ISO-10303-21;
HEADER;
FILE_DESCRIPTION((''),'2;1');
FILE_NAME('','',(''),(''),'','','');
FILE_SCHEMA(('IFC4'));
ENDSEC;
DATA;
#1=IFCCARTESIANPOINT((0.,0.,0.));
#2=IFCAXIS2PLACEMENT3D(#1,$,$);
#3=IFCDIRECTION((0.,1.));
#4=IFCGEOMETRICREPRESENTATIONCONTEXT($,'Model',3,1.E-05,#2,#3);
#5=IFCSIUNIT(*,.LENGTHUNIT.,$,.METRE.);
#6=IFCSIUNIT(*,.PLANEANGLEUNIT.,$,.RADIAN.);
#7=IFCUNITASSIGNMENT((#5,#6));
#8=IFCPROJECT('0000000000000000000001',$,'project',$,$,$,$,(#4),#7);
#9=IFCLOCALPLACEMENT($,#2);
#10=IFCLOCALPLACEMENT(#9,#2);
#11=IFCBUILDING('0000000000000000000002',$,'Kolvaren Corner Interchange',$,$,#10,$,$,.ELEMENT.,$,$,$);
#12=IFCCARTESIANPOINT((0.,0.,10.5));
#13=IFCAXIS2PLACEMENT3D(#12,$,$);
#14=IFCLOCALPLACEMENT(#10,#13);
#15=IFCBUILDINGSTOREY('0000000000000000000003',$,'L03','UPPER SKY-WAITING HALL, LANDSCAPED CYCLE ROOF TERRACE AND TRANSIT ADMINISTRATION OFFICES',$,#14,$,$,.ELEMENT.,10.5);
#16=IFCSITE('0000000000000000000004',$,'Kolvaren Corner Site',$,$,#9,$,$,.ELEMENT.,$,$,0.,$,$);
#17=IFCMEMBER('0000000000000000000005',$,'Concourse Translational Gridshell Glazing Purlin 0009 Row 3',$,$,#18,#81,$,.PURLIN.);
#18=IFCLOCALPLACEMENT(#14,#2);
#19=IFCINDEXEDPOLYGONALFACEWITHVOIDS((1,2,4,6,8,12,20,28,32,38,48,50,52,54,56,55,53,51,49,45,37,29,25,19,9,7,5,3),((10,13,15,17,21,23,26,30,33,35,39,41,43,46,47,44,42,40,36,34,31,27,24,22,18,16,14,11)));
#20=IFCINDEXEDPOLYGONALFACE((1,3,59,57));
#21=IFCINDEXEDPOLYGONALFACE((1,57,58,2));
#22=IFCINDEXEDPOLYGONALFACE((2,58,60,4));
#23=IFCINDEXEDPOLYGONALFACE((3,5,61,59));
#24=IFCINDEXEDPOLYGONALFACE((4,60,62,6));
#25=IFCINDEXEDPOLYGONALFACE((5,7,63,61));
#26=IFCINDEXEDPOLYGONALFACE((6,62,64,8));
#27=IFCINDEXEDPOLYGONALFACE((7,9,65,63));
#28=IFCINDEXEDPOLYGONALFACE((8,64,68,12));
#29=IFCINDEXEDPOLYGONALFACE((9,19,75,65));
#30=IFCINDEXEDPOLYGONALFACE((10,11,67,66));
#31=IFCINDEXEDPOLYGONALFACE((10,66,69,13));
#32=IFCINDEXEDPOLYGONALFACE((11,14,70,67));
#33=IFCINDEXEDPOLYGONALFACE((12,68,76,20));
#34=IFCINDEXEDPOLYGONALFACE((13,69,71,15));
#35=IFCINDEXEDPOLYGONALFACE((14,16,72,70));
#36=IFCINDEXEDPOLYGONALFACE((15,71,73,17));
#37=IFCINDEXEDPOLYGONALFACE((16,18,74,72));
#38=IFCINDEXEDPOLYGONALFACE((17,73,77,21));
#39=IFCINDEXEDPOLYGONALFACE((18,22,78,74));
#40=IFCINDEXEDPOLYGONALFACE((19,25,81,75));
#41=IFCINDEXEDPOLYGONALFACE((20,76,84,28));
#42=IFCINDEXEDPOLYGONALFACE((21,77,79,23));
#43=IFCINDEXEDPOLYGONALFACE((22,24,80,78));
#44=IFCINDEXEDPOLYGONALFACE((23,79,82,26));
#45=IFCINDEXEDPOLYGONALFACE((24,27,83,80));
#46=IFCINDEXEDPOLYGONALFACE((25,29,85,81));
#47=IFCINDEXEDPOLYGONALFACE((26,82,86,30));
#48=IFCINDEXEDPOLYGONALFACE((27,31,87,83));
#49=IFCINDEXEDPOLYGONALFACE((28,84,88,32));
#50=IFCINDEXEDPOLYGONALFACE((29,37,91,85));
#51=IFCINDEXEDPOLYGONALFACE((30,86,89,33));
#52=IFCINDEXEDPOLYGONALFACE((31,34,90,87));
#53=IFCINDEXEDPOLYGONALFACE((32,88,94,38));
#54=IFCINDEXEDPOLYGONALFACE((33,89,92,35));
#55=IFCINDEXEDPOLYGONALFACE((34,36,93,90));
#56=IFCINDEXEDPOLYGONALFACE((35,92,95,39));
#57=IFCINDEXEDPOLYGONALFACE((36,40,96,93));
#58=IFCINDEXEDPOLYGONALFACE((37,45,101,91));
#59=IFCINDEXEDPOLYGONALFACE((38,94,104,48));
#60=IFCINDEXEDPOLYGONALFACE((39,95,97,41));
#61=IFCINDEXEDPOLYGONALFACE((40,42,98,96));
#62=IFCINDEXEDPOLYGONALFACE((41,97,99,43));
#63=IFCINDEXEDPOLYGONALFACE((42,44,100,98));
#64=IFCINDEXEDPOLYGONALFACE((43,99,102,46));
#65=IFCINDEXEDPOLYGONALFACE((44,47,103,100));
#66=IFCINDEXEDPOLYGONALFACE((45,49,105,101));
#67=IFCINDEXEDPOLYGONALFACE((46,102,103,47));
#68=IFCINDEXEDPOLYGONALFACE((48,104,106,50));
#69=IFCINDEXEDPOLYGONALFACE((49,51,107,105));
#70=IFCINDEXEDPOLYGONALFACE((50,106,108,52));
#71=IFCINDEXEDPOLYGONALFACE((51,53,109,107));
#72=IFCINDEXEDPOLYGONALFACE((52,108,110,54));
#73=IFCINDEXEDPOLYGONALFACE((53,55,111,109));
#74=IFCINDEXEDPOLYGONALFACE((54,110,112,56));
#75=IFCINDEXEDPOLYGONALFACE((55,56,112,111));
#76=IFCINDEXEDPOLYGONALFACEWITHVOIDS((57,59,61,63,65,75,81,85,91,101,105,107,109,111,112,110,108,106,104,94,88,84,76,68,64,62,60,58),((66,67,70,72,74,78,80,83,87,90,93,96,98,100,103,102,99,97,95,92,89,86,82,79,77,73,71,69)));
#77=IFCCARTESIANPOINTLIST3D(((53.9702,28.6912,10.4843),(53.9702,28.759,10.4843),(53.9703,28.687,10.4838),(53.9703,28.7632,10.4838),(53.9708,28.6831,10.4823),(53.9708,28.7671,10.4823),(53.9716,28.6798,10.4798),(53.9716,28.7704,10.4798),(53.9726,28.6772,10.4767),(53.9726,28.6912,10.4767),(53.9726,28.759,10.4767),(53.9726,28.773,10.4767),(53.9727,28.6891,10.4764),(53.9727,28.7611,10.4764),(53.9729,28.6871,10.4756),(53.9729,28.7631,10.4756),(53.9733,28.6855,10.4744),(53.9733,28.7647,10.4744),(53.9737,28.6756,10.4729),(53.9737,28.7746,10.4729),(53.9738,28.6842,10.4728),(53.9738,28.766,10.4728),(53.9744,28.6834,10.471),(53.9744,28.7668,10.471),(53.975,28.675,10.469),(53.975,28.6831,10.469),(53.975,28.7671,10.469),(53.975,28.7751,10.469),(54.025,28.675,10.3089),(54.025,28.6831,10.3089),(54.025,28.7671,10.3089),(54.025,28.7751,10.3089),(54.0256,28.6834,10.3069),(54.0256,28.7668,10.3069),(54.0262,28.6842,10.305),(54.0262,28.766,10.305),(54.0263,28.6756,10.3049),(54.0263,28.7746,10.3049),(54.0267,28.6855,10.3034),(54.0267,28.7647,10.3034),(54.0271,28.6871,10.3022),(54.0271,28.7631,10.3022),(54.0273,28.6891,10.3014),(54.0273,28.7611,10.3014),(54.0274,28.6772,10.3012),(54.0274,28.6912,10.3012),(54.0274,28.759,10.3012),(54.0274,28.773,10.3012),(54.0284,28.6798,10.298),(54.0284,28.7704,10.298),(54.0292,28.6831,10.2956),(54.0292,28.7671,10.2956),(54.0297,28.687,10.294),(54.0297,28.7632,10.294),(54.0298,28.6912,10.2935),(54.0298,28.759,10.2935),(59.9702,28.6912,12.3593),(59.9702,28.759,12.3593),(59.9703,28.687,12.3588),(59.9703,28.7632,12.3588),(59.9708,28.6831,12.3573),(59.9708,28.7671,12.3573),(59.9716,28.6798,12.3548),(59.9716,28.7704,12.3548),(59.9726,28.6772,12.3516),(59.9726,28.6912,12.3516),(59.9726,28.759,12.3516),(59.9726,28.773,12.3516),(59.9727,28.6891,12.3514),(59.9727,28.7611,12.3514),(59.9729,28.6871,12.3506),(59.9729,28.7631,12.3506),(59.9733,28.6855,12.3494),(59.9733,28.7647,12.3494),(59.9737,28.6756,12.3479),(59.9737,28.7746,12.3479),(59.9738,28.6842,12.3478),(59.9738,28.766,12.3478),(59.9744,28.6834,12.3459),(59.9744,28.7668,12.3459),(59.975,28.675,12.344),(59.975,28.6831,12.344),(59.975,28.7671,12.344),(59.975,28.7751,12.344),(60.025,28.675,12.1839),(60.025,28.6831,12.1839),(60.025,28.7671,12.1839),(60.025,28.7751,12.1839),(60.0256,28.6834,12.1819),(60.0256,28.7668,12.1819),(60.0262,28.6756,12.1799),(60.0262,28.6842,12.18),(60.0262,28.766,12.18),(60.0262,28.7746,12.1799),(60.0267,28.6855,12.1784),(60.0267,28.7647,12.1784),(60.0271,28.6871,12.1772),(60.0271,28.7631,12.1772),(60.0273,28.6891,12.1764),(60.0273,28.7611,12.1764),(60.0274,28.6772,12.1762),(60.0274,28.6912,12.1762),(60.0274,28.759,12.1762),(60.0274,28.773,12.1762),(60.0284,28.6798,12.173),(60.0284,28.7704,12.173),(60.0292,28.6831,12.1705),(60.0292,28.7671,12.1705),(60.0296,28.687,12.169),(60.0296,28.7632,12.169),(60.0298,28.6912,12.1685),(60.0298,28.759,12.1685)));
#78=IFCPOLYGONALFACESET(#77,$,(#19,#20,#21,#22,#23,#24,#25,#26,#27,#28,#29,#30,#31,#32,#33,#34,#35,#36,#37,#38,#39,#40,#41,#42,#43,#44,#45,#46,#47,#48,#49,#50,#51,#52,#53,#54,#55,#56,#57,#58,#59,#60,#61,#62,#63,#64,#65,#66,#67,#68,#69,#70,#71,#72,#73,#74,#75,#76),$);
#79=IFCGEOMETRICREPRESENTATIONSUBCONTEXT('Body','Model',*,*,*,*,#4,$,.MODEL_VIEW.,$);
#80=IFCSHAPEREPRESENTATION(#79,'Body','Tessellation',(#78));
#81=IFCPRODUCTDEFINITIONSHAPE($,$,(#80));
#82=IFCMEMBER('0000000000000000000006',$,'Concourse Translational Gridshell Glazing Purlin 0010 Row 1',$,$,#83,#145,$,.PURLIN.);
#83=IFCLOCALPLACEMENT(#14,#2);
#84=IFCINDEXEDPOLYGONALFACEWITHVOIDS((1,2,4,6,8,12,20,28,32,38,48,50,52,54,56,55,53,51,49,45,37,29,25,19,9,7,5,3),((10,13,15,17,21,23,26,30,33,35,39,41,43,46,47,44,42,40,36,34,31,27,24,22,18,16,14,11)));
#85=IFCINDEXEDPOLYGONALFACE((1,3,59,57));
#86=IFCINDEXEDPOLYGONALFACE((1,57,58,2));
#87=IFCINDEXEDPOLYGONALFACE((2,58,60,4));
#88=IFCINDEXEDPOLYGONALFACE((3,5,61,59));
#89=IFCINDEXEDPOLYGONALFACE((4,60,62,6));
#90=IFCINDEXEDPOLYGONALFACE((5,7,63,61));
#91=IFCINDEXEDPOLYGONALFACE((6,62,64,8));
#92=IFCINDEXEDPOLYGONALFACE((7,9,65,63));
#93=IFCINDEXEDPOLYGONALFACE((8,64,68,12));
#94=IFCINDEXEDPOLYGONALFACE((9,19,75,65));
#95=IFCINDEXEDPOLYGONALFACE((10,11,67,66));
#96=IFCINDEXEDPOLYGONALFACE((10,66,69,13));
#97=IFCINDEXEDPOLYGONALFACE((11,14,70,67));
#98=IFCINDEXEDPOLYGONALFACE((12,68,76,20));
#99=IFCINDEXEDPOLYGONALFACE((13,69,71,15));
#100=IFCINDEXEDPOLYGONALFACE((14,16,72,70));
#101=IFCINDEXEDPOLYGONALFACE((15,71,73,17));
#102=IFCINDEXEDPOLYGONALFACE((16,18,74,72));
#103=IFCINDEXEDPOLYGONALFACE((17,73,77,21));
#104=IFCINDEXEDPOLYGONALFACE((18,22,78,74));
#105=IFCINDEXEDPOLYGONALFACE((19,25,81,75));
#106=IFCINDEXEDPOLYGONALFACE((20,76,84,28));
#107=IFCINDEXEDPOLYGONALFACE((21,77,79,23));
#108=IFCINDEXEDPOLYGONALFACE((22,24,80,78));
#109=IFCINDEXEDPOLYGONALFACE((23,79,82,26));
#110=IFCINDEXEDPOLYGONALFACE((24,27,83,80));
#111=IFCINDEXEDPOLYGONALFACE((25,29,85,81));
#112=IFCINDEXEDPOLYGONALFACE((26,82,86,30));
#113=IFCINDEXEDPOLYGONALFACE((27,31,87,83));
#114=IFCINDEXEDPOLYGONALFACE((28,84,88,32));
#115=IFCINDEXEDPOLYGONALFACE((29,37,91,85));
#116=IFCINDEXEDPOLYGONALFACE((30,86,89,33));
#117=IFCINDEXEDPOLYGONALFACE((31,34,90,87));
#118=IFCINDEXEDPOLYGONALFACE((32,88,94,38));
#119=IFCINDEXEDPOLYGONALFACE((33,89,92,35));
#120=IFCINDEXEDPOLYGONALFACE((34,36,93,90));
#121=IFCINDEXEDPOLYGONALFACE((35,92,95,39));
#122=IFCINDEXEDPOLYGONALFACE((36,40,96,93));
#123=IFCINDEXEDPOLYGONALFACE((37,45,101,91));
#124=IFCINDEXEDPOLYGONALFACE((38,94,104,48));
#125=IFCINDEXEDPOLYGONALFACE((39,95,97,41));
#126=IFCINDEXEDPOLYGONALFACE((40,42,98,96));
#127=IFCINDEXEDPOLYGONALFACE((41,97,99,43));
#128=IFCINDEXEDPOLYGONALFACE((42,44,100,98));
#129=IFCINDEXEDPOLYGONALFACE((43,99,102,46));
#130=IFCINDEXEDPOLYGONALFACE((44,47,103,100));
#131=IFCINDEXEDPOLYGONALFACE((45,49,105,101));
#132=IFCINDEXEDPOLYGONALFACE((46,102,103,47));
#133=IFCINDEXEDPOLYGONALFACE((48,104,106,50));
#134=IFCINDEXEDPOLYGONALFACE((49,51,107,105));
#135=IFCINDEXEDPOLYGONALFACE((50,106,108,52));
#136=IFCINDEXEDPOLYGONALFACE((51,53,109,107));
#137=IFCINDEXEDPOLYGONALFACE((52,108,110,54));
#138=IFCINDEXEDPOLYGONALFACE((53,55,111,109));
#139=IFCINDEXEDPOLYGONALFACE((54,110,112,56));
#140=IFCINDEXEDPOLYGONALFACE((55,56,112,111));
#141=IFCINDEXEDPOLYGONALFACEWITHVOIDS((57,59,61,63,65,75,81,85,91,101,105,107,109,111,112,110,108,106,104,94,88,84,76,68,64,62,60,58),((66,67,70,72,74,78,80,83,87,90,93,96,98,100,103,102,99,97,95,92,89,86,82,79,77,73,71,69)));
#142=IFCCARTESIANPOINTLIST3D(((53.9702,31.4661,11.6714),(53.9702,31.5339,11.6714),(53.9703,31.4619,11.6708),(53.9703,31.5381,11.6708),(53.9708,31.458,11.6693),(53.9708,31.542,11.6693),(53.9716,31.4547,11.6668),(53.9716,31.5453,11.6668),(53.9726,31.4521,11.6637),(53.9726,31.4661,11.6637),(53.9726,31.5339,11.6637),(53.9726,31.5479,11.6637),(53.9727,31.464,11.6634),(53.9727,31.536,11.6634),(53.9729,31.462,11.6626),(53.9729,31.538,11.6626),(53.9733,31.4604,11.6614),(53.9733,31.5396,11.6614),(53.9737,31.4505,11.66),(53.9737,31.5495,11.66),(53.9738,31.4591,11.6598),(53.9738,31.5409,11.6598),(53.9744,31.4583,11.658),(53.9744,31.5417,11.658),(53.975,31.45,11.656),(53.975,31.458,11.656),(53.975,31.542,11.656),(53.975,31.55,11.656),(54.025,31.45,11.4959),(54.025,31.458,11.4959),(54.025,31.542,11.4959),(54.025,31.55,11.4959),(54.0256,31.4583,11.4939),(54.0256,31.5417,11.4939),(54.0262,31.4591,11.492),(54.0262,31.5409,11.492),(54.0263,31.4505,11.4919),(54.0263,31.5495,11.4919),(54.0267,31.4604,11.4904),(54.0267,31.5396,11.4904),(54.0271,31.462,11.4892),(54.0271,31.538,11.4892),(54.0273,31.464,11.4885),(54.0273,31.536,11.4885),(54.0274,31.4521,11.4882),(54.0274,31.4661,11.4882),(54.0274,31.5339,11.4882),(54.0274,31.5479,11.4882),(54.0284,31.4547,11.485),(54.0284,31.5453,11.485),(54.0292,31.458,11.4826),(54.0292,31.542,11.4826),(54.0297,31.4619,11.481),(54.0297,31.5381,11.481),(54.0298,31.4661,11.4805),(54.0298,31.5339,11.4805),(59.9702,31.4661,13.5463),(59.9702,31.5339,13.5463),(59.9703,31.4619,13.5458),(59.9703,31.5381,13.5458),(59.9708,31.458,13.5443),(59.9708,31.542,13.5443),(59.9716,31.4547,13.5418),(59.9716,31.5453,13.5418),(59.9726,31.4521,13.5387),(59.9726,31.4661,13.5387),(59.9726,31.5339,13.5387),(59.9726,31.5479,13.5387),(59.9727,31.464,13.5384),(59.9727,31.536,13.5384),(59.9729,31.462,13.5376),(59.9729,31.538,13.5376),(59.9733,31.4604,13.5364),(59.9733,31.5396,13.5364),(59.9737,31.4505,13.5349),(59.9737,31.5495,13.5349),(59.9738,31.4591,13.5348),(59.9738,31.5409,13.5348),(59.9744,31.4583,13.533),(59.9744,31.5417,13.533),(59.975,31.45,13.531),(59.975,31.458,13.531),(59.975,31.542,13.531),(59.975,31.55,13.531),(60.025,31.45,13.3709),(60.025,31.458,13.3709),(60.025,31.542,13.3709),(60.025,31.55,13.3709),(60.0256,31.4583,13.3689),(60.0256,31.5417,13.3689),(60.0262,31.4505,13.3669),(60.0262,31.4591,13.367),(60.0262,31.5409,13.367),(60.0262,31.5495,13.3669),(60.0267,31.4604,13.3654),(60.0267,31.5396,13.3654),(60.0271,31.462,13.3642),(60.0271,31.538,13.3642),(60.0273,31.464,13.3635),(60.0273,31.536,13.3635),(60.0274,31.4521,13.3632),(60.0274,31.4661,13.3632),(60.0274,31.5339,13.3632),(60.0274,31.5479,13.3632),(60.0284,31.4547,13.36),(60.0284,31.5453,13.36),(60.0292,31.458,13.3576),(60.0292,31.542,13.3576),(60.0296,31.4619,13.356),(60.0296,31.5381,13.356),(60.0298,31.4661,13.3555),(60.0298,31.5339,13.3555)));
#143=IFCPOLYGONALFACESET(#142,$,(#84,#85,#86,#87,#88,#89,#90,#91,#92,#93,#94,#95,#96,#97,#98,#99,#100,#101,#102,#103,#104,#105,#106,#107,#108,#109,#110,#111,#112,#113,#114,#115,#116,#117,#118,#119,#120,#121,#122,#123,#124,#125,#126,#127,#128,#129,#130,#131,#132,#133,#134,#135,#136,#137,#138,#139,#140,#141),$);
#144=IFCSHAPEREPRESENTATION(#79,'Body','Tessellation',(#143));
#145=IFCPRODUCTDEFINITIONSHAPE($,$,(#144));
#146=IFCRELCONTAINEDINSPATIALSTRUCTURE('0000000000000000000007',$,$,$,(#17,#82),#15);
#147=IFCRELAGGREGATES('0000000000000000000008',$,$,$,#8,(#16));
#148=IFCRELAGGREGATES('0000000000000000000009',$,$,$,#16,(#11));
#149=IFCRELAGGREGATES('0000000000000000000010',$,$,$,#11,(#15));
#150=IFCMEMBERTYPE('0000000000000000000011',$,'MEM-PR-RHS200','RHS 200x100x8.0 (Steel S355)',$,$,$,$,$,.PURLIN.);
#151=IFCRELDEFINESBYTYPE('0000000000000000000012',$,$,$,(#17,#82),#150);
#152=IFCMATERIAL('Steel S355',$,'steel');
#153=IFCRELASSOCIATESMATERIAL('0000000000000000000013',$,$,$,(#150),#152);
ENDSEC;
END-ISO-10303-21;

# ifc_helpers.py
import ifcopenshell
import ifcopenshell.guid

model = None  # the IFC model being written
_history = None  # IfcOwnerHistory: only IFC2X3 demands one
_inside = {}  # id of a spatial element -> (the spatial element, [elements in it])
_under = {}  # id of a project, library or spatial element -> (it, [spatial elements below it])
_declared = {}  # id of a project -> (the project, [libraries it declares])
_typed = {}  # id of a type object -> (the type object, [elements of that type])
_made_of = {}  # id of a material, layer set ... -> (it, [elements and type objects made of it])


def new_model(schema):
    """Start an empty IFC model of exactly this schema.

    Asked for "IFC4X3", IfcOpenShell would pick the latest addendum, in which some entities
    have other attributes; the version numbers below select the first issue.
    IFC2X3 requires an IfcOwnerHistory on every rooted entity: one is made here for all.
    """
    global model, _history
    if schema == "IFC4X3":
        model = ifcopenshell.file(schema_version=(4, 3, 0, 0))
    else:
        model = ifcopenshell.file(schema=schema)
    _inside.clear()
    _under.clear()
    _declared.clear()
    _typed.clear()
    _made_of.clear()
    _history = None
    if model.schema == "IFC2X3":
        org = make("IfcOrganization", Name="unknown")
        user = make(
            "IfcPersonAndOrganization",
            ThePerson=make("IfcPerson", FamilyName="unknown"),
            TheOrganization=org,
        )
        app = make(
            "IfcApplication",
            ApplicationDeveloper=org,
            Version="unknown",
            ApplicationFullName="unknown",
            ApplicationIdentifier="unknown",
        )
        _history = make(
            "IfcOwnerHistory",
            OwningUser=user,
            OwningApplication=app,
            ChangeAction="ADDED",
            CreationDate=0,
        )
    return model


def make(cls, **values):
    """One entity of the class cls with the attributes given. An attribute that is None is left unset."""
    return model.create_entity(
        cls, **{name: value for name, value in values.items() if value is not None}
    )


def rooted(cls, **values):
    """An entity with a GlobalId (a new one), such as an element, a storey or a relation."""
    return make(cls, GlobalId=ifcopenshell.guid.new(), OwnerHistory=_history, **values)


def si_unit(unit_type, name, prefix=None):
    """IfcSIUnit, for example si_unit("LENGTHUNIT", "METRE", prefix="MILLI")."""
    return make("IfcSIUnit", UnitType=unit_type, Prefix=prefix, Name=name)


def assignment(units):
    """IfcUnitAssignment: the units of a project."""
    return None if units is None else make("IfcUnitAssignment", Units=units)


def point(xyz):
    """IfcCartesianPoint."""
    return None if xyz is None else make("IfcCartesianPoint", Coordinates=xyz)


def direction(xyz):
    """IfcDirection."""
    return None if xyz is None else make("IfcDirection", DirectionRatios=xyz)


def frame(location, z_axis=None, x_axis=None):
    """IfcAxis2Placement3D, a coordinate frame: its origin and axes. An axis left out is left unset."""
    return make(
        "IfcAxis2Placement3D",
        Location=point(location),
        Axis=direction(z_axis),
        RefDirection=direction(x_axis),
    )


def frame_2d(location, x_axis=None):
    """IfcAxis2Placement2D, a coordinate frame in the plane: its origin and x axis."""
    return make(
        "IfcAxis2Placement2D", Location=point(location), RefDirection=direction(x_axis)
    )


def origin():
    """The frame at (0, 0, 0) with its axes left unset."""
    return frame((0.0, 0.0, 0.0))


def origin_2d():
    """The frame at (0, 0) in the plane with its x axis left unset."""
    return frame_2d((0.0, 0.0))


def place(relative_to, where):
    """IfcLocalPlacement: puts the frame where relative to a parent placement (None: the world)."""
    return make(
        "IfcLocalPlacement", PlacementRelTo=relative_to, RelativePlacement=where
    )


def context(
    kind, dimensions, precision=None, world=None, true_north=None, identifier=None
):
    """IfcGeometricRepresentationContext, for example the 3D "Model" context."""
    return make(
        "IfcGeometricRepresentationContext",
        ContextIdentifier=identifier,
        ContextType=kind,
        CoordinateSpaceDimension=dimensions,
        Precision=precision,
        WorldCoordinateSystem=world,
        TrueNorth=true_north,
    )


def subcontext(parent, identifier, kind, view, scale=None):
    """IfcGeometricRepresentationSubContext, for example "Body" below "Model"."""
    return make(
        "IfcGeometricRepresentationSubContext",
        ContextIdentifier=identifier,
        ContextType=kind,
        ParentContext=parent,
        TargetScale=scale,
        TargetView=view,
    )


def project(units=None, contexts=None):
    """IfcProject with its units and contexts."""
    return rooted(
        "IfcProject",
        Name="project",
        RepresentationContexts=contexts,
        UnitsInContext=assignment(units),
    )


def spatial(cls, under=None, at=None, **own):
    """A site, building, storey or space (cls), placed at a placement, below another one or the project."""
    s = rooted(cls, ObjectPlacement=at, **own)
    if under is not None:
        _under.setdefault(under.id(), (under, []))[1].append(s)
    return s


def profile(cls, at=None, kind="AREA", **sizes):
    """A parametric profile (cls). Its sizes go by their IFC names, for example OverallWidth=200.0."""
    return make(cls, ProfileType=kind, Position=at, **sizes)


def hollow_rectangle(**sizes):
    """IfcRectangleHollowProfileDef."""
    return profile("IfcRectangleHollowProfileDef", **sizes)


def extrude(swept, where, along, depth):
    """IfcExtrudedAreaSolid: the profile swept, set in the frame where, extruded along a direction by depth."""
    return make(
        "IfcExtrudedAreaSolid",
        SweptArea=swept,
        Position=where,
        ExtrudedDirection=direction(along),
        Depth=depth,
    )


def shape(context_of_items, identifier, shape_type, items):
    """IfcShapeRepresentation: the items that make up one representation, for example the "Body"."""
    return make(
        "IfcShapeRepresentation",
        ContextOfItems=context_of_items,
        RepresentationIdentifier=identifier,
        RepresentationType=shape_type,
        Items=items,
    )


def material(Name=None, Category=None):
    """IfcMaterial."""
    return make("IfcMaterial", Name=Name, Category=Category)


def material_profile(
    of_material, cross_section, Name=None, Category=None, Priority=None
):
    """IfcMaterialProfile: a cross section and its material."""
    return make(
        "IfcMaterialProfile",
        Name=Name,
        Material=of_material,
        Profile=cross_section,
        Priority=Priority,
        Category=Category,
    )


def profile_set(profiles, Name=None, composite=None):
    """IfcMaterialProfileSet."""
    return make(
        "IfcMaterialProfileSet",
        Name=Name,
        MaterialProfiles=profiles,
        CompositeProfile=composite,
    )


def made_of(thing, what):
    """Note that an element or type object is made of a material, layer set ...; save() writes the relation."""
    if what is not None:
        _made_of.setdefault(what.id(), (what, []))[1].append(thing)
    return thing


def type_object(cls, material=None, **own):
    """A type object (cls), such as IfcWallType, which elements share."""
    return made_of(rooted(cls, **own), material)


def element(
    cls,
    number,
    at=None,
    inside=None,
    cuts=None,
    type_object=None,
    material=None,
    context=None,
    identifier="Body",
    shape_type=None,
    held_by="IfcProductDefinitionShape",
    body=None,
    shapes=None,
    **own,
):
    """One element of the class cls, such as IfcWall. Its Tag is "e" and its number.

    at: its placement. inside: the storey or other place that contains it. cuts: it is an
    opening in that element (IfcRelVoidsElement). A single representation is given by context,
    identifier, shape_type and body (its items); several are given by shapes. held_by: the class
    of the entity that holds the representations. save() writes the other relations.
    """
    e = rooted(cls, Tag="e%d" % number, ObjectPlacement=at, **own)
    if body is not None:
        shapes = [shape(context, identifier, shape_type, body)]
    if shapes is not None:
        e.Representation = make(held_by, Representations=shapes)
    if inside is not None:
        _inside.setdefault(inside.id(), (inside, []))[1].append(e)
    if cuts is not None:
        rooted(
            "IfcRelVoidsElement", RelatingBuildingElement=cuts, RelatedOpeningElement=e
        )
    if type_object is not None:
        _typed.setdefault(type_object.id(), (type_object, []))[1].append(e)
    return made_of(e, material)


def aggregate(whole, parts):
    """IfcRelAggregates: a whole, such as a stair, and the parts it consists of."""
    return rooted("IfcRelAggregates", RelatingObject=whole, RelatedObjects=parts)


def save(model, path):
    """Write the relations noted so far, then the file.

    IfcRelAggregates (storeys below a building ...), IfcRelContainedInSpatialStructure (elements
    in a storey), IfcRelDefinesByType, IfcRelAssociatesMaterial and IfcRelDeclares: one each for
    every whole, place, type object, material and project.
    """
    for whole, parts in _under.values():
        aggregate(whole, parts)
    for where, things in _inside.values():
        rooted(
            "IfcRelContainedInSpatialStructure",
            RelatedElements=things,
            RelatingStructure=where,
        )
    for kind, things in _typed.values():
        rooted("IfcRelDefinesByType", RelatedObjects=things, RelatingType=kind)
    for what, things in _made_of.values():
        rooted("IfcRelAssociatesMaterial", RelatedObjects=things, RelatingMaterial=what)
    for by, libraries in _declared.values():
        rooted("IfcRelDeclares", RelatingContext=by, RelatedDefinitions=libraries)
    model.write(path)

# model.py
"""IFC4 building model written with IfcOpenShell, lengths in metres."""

from ifc_helpers import new_model, si_unit, direction, frame, origin, origin_2d, place, context, subcontext, project, spatial, hollow_rectangle, extrude, material, material_profile, profile_set, type_object, element, save


model = new_model("IFC4")

# Units and contexts
model_context = context("Model", 3, precision=1e-05, world=origin(), true_north=direction((0.0, 1.0)))
body_context = subcontext(model_context, "Body", "Model", "MODEL_VIEW")
ifc_project = project(units=[si_unit("LENGTHUNIT", "METRE"), si_unit("PLANEANGLEUNIT", "RADIAN")], contexts=[model_context])

# Site, building, storey
site_placement = place(None, origin())
site = spatial("IfcSite", under=ifc_project, at=site_placement, Name="Kolvaren Corner Site", CompositionType="ELEMENT", RefElevation=0.0)
building_placement = place(site_placement, origin())
building = spatial("IfcBuilding", under=site, at=building_placement, Name="Kolvaren Corner Interchange", CompositionType="ELEMENT")
storey_placement = place(building_placement, frame((0.0, 0.0, 10.5)))
storey = spatial("IfcBuildingStorey", under=building, at=storey_placement, Name="L03", Description="UPPER SKY-WAITING HALL, LANDSCAPED CYCLE ROOF TERRACE AND TRANSIT ADMINISTRATION OFFICES", CompositionType="ELEMENT", Elevation=10.5)

# Members
ifc_material_1 = material(Name="Steel S355", Category="steel")
ifc_material_profile_1 = material_profile(ifc_material_1, hollow_rectangle(XDim=0.1001, YDim=0.2, WallThickness=0.0081, InnerFilletRadius=0.0081, OuterFilletRadius=0.0161, at=origin_2d()), Name="RHS 200x100x8.0")
ifc_profile_set_1 = profile_set([ifc_material_profile_1], Name="Steel S355")
member_type_1 = type_object("IfcMemberType", Name="MEM-PR-RHS200", Description="RHS 200x100x8.0 (Steel S355)", PredefinedType="PURLIN", material=ifc_profile_set_1)
for number, where, z_axis, x_axis, name in (
    (1, (54.0, 28.7251, 10.3889), (0.95448, 0.0, 0.298275), (0.0, 1.0, 0.0), "Concourse Translational Gridshell Glazing Purlin 0009 Row 3"),
    (2, (54.0, 31.5, 11.5759), (0.95448, 0.0, 0.298275), (0.0, 1.0, 0.0), "Concourse Translational Gridshell Glazing Purlin 0010 Row 1"),
):
    element("IfcMember", number, at=place(storey_placement, frame(where, z_axis=z_axis, x_axis=x_axis)), inside=storey, type_object=member_type_1, Name=name, PredefinedType="PURLIN", context=body_context, shape_type="SweptSolid", body=[
        extrude(hollow_rectangle(XDim=0.1001, YDim=0.2, WallThickness=0.0081, InnerFilletRadius=0.0081, OuterFilletRadius=0.0161, at=origin_2d()), origin(), (0.0, 0.0, 1.0), 6.2861),
    ])

save(model, "model.ifc")
